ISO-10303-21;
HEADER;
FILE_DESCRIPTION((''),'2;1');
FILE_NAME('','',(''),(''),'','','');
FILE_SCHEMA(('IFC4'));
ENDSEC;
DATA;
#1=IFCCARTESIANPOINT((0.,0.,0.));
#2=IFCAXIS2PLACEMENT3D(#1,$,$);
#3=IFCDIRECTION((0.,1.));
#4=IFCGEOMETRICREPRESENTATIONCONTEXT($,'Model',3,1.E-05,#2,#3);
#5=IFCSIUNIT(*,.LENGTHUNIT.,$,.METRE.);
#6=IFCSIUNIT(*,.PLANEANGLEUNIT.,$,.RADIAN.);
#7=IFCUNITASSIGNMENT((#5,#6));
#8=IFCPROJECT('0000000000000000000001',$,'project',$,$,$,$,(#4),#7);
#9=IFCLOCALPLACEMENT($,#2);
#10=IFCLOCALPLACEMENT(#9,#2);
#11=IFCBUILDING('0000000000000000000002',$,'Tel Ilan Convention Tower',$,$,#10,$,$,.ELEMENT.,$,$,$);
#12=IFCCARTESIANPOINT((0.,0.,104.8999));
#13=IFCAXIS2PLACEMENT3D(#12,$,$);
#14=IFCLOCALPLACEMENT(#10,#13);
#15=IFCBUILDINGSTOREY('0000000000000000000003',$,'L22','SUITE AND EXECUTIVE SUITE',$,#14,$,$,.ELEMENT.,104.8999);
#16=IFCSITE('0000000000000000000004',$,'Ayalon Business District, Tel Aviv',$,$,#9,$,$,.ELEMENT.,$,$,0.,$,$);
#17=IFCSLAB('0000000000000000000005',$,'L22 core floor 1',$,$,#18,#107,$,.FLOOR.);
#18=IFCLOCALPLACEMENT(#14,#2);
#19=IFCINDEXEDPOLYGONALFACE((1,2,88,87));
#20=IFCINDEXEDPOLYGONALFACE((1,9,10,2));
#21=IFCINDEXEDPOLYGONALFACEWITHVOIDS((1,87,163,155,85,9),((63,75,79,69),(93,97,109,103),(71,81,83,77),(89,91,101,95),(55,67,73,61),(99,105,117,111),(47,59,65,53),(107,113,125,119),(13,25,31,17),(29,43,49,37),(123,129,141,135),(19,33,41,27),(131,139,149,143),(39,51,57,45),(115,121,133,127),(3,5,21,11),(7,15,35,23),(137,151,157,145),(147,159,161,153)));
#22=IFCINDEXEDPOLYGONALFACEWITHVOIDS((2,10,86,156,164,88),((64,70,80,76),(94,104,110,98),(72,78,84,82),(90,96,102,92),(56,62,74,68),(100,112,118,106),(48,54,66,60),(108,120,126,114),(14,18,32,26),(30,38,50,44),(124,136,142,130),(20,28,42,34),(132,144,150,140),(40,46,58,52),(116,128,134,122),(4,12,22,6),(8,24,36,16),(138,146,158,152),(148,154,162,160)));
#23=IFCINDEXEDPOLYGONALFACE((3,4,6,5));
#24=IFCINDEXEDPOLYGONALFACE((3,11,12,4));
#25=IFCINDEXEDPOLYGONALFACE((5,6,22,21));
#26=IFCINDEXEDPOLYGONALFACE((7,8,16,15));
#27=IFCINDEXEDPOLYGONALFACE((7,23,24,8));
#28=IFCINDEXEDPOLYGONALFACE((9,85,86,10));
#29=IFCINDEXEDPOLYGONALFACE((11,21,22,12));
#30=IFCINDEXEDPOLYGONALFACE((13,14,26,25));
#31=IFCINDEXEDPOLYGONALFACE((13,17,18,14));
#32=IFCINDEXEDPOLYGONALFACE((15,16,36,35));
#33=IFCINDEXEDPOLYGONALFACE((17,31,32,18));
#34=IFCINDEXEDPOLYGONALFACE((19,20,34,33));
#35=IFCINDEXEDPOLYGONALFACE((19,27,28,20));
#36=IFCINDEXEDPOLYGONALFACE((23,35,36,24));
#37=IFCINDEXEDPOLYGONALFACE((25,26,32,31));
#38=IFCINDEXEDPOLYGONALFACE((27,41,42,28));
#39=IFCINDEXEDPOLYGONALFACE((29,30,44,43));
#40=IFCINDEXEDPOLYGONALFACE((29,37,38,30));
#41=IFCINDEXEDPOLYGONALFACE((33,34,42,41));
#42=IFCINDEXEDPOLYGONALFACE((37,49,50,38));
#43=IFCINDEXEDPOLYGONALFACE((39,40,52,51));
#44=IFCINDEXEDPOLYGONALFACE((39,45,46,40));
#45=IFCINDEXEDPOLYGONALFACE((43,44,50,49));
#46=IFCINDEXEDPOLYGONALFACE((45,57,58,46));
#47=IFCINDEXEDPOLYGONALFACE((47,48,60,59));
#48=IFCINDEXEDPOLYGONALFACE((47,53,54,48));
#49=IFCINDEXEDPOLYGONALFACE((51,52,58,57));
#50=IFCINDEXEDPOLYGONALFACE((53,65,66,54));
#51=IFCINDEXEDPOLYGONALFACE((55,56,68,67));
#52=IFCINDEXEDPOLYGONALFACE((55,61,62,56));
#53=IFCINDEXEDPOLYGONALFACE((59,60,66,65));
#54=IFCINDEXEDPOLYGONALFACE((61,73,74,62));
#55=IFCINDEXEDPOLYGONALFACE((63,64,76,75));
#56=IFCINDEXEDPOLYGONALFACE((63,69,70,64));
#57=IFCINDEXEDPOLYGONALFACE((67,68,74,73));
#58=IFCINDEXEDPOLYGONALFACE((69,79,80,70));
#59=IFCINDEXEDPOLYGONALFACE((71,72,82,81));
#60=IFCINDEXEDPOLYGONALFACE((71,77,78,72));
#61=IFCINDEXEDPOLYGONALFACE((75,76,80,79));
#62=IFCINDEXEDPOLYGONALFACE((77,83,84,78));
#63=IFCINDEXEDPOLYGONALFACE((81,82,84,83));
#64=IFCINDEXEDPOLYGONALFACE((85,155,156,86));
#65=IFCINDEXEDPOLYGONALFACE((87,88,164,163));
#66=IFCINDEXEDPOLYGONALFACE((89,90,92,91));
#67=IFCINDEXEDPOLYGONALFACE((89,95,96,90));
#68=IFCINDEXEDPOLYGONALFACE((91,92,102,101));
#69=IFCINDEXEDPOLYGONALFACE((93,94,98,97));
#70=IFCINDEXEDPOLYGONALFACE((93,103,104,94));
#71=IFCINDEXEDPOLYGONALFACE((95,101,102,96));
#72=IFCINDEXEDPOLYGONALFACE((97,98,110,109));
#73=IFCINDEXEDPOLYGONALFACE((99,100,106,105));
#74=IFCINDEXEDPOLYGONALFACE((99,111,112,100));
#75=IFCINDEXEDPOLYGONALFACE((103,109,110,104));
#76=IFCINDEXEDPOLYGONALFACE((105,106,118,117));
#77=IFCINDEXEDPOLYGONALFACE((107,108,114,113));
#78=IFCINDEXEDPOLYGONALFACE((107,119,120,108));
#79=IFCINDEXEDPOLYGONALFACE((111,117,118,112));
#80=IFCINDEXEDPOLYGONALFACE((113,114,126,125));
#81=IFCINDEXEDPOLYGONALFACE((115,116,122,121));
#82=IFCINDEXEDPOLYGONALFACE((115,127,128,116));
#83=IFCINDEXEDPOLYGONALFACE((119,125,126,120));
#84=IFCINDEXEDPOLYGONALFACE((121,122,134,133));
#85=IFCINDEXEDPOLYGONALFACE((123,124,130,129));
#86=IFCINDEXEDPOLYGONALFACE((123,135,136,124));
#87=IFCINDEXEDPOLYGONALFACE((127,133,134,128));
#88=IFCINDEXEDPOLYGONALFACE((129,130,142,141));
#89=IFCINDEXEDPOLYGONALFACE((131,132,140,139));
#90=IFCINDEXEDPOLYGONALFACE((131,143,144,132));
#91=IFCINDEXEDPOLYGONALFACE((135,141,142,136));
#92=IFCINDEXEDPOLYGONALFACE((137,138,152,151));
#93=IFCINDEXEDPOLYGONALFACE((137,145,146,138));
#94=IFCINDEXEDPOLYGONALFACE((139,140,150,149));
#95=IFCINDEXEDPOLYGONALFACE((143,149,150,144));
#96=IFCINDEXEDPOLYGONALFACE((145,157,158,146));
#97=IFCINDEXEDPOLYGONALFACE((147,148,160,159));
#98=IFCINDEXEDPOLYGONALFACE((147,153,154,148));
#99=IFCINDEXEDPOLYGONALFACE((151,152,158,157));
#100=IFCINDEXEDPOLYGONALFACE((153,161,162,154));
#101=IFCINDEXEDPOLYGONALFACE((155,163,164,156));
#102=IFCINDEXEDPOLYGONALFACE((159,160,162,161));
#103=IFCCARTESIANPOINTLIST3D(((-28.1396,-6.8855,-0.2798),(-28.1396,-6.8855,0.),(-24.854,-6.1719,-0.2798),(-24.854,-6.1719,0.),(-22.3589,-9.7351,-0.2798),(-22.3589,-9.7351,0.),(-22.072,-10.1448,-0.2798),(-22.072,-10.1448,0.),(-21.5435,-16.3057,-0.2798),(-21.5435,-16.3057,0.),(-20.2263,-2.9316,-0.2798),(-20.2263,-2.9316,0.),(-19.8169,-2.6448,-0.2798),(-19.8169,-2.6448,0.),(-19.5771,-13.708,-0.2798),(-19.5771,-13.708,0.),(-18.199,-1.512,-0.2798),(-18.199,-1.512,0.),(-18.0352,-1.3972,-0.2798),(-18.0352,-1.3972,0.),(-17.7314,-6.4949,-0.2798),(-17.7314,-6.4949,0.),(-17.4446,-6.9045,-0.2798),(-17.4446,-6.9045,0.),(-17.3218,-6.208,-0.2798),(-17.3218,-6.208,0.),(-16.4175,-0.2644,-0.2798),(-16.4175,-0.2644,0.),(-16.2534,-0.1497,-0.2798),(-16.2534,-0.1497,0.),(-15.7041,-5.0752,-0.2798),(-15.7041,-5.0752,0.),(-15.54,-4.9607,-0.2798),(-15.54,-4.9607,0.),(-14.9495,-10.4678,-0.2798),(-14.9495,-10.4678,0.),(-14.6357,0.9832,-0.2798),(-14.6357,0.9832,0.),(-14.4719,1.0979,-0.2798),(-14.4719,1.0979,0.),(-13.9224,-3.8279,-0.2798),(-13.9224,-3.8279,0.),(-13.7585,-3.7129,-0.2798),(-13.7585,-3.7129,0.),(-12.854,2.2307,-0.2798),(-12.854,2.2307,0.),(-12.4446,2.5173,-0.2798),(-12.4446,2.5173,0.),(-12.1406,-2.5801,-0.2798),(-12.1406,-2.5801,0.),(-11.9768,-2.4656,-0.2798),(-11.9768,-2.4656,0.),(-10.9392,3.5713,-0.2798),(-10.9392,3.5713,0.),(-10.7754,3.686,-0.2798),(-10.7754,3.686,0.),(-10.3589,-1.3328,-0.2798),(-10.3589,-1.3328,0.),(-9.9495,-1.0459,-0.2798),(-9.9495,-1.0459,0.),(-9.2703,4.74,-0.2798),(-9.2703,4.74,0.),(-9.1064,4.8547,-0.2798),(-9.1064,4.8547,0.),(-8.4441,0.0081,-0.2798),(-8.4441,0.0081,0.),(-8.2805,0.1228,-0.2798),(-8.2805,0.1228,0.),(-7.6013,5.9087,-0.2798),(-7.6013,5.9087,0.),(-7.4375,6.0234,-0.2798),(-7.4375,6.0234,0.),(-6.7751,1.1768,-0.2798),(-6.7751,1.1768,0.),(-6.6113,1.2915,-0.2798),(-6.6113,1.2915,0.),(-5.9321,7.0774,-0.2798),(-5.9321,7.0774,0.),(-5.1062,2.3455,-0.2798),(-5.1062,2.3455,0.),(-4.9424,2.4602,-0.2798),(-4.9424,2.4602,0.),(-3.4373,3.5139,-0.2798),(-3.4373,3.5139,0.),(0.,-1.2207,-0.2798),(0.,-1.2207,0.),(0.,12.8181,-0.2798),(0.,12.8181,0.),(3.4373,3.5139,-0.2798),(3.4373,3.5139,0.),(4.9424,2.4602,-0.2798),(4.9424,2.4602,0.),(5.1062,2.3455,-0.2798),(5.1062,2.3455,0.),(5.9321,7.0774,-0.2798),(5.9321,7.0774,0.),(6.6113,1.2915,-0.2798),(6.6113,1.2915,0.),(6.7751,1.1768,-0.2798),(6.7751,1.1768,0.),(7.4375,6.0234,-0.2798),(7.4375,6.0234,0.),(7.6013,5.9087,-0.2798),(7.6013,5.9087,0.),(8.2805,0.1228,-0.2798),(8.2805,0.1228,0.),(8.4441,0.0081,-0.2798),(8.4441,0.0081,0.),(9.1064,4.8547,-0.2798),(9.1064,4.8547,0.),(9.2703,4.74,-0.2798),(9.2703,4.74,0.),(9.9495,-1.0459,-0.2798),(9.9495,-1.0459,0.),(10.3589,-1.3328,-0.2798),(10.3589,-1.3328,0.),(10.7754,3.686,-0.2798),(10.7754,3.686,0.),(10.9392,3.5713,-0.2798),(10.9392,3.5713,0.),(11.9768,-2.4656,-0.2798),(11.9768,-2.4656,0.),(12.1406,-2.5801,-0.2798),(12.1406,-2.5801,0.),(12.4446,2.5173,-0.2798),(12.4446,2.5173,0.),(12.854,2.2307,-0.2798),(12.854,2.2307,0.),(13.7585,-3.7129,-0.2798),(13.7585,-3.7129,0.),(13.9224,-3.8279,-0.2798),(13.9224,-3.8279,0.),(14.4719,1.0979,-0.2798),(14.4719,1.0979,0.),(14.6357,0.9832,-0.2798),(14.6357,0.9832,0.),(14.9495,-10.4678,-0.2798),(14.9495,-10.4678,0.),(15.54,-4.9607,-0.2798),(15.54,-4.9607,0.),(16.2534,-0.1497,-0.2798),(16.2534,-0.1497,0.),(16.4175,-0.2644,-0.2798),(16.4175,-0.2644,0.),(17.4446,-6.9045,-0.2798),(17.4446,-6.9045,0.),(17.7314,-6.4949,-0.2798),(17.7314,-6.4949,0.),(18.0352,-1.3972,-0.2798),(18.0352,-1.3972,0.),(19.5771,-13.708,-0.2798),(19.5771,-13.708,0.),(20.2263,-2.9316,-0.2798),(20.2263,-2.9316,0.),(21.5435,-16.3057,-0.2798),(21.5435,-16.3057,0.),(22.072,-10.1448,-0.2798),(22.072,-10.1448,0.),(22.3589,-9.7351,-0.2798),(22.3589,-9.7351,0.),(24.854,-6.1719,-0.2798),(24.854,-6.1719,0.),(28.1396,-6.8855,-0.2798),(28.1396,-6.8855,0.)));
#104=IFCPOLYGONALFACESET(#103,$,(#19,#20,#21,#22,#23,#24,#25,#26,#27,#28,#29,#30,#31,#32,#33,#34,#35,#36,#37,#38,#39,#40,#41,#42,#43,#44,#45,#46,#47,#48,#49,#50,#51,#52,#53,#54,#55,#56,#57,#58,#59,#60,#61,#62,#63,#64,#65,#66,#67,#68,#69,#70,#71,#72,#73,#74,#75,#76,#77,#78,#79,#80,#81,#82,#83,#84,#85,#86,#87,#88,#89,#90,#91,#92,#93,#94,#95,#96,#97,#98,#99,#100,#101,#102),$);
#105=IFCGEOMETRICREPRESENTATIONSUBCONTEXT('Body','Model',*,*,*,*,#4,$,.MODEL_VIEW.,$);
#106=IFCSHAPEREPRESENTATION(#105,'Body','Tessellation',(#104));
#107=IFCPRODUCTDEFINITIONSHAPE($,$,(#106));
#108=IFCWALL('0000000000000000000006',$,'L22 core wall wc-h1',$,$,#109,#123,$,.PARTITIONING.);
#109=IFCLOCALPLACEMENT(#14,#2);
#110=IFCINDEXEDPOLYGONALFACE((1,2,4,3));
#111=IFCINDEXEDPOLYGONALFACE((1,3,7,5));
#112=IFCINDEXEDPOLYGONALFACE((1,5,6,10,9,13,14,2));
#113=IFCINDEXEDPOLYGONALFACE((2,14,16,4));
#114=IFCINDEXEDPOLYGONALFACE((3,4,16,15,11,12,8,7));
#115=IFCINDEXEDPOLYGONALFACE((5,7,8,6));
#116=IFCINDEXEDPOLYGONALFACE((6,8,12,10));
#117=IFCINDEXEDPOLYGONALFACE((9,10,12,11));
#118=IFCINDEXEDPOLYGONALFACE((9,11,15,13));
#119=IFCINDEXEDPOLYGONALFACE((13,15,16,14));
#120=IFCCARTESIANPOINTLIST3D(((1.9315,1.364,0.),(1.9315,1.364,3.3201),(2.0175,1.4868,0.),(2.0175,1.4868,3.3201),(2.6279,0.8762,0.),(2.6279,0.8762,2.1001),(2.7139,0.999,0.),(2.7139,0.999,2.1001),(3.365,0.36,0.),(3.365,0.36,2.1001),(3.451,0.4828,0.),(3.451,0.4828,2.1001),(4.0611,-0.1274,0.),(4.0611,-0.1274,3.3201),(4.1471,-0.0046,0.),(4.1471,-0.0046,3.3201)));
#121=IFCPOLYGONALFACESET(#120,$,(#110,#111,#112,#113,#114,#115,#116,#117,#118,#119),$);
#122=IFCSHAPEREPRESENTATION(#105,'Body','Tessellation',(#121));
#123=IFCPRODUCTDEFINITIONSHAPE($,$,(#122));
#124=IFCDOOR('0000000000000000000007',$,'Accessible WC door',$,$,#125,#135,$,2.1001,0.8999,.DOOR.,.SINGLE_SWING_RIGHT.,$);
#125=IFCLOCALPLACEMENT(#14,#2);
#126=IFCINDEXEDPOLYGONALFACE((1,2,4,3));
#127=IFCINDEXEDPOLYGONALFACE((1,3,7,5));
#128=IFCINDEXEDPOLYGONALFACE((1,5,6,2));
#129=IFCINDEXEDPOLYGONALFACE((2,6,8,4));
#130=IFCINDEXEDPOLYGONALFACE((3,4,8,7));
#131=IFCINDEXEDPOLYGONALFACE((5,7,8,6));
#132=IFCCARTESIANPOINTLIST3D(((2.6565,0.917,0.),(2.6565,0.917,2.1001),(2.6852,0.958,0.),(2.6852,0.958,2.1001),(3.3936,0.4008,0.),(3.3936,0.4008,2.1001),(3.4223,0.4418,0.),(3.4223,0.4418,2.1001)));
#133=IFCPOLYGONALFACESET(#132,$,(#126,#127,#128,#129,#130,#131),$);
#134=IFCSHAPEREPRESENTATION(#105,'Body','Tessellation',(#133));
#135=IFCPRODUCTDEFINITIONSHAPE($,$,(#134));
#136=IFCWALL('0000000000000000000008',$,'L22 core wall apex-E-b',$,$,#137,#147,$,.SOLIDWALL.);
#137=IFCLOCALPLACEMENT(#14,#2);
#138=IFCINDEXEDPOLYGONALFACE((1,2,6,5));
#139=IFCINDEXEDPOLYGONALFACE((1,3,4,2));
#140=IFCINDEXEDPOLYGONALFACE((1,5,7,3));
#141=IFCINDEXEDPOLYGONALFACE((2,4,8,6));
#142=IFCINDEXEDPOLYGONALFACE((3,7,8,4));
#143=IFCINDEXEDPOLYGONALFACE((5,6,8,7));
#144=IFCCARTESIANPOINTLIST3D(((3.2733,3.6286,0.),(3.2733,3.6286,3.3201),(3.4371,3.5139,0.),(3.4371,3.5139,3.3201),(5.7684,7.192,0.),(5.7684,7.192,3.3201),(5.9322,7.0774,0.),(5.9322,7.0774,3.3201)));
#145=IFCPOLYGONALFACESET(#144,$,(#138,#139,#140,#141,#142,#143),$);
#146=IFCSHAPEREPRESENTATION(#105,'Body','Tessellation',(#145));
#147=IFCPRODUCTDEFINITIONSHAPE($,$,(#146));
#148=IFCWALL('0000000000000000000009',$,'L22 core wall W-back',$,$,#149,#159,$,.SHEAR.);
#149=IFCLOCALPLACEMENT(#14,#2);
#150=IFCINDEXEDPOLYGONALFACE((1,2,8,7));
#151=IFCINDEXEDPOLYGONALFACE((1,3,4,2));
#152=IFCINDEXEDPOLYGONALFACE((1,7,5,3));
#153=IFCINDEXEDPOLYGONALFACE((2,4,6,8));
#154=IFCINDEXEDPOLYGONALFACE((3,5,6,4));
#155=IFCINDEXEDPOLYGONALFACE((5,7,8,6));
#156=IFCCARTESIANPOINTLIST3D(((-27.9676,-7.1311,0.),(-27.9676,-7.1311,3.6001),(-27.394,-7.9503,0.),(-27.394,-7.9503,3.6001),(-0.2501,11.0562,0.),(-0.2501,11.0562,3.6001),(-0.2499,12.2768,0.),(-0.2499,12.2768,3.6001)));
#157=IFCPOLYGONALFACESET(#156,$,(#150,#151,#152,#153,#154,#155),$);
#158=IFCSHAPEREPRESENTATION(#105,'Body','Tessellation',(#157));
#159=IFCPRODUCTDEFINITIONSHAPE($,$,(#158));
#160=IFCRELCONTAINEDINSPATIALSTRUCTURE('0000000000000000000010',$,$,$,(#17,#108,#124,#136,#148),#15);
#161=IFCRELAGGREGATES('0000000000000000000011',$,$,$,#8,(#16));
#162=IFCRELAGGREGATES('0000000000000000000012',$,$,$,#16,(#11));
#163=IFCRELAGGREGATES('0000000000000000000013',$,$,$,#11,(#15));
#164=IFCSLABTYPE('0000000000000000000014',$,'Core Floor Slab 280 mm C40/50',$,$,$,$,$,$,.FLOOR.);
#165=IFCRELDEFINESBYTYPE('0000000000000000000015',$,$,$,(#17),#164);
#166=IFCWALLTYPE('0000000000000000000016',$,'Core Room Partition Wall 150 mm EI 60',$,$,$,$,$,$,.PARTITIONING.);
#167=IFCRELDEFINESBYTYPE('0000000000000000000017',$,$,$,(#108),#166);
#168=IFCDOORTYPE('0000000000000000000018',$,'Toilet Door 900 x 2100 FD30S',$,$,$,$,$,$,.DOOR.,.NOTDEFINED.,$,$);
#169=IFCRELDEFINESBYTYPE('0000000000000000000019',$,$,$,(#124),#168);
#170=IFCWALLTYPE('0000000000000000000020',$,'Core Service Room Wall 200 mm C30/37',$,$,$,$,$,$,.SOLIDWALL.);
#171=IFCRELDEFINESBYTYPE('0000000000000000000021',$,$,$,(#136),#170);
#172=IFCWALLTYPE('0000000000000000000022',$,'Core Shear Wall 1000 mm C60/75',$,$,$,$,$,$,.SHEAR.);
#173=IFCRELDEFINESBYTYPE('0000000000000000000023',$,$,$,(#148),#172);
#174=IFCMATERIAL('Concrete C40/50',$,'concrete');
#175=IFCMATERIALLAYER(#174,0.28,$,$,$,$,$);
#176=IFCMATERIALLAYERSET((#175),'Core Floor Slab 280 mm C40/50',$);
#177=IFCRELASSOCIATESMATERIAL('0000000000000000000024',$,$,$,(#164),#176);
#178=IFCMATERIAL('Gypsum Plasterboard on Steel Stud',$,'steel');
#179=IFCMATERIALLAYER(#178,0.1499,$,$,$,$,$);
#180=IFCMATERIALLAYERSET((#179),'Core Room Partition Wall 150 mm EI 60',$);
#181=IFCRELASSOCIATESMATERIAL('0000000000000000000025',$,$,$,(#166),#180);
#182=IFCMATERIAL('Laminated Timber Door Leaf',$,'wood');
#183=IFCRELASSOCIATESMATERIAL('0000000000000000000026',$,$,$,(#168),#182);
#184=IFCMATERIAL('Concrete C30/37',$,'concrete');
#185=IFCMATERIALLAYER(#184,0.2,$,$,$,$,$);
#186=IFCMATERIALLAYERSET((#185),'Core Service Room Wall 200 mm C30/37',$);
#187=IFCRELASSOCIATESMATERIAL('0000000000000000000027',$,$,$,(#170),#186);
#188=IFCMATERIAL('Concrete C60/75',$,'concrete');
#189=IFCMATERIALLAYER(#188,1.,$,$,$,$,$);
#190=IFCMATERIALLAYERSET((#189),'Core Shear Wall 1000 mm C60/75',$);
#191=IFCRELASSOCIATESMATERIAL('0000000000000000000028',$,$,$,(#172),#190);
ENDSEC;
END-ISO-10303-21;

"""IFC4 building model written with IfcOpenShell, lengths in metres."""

from ifc_helpers import new_model, si_unit, direction, frame, frame_2d, origin, place, context, subcontext, project, spatial, polyline, rectangle, outline, extrude, material, layer, layer_set, type_object, element, fill, save


model = new_model("IFC4")

# Units and contexts
model_context = context("Model", 3, precision=1e-05, world=origin(), true_north=direction((0.0, 1.0)))
body_context = subcontext(model_context, "Body", "Model", "MODEL_VIEW")
ifc_project = project(units=[si_unit("LENGTHUNIT", "METRE"), si_unit("PLANEANGLEUNIT", "RADIAN")], contexts=[model_context])

# Site, building, storey
site_placement = place(None, origin())
site = spatial("IfcSite", under=ifc_project, at=site_placement, Name="Ayalon Business District, Tel Aviv", CompositionType="ELEMENT", RefElevation=0.0)
building_placement = place(site_placement, origin())
building = spatial("IfcBuilding", under=site, at=building_placement, Name="Tel Ilan Convention Tower", CompositionType="ELEMENT")
storey_placement = place(building_placement, frame((0.0, 0.0, 104.8999)))
storey = spatial("IfcBuildingStorey", under=building, at=storey_placement, Name="L22", Description="SUITE AND EXECUTIVE SUITE", CompositionType="ELEMENT", Elevation=104.8999)

# Slab
ifc_material_1 = material(Name="Concrete C40/50", Category="concrete")
ifc_layer_1 = layer(ifc_material_1, 0.28)
ifc_layer_set_1 = layer_set([ifc_layer_1], Name="Core Floor Slab 280 mm C40/50")
slab_type_1 = type_object("IfcSlabType", Name="Core Floor Slab 280 mm C40/50", PredefinedType="FLOOR", material=ifc_layer_set_1)
slab_1_placement = place(storey_placement, frame((0.0, 0.0, -0.2798)))
element("IfcSlab", 1, at=slab_1_placement, inside=storey, type_object=slab_type_1, Name="L22 core floor 1", PredefinedType="FLOOR", context=body_context, shape_type="SweptSolid", body=[
    extrude(outline(polyline([(-28.1396, -6.8855), (0.0, 12.8181), (28.1396, -6.8855), (21.5435, -16.3057), (0.0, -1.2207), (-21.5435, -16.3057), (-28.1396, -6.8855)]), holes=[polyline([(-14.9495, -10.4678), (-17.4446, -6.9045), (-22.072, -10.1448), (-19.5771, -13.708), (-14.9495, -10.4678)]), polyline([(-17.7314, -6.4949), (-20.2263, -2.9316), (-24.854, -6.1719), (-22.3589, -9.7351), (-17.7314, -6.4949)]), polyline([(-18.199, -1.512), (-19.8169, -2.6448), (-17.3218, -6.208), (-15.7041, -5.0752), (-18.199, -1.512)]), polyline([(-16.4175, -0.2644), (-18.0352, -1.3972), (-15.54, -4.9607), (-13.9224, -3.8279), (-16.4175, -0.2644)]), polyline([(-14.6357, 0.9832), (-16.2534, -0.1497), (-13.7585, -3.7129), (-12.1406, -2.5801), (-14.6357, 0.9832)]), polyline([(-12.854, 2.2307), (-14.4719, 1.0979), (-11.9768, -2.4656), (-10.3589, -1.3328), (-12.854, 2.2307)]), polyline([(-10.9392, 3.5713), (-12.4446, 2.5173), (-9.9495, -1.0459), (-8.4441, 0.0081), (-10.9392, 3.5713)]), polyline([(-6.7751, 1.1768), (-9.2703, 4.74), (-10.7754, 3.686), (-8.2805, 0.1228), (-6.7751, 1.1768)]), polyline([(-5.1062, 2.3455), (-7.6013, 5.9087), (-9.1064, 4.8547), (-6.6113, 1.2915), (-5.1062, 2.3455)]), polyline([(-5.9321, 7.0774), (-7.4375, 6.0234), (-4.9424, 2.4602), (-3.4373, 3.5139), (-5.9321, 7.0774)]), polyline([(17.4446, -6.9045), (14.9495, -10.4678), (19.5771, -13.708), (22.072, -10.1448), (17.4446, -6.9045)]), polyline([(20.2263, -2.9316), (17.7314, -6.4949), (22.3589, -9.7351), (24.854, -6.1719), (20.2263, -2.9316)]), polyline([(13.9224, -3.8279), (15.54, -4.9607), (18.0352, -1.3972), (16.4175, -0.2644), (13.9224, -3.8279)]), polyline([(12.1406, -2.5801), (13.7585, -3.7129), (16.2534, -0.1497), (14.6357, 0.9832), (12.1406, -2.5801)]), polyline([(11.9768, -2.4656), (14.4719, 1.0979), (12.854, 2.2307), (10.3589, -1.3328), (11.9768, -2.4656)]), polyline([(9.9495, -1.0459), (12.4446, 2.5173), (10.9392, 3.5713), (8.4441, 0.0081), (9.9495, -1.0459)]), polyline([(8.2805, 0.1228), (10.7754, 3.686), (9.2703, 4.74), (6.7751, 1.1768), (8.2805, 0.1228)]), polyline([(5.1062, 2.3455), (6.6113, 1.2915), (9.1064, 4.8547), (7.6013, 5.9087), (5.1062, 2.3455)]), polyline([(3.4373, 3.5139), (4.9424, 2.4602), (7.4375, 6.0234), (5.9321, 7.0774), (3.4373, 3.5139)])]), origin(), (0.0, 0.0, 1.0), 0.2798),
])

# Wall, opening, door
ifc_material_2 = material(Name="Gypsum Plasterboard on Steel Stud", Category="steel")
ifc_layer_2 = layer(ifc_material_2, 0.1499)
ifc_layer_set_2 = layer_set([ifc_layer_2], Name="Core Room Partition Wall 150 mm EI 60")
wall_type_1 = type_object("IfcWallType", Name="Core Room Partition Wall 150 mm EI 60", PredefinedType="PARTITIONING", material=ifc_layer_set_2)
wall_1_placement = place(storey_placement, frame((1.9746, 1.4253, 0.0), z_axis=(0.0, 0.0, 1.0), x_axis=(0.819104, -0.573645, 0.0)))
wall_1 = element("IfcWall", 2, at=wall_1_placement, inside=storey, type_object=wall_type_1, Name="L22 core wall wc-h1", PredefinedType="PARTITIONING", context=body_context, shape_type="SweptSolid", body=[
    extrude(rectangle(XDim=2.5999, YDim=0.1499, at=frame_2d((1.2998, 0.0))), origin(), (0.0, 0.0, 1.0), 3.3201),
])
opening_1_placement = place(wall_1_placement, frame((0.8501, 0.0, 0.0)))
opening_1 = element("IfcOpeningElement", 3, at=opening_1_placement, cuts=wall_1, PredefinedType="OPENING", context=body_context, shape_type="SweptSolid", body=[
    extrude(rectangle(XDim=0.8999, YDim=2.1001, at=frame_2d((0.45, 1.05))), frame((0.0, 0.085, 0.0), z_axis=(0.0, -1.0, 0.0), x_axis=(1.0, 0.0, 0.0)), (0.0, 0.0, 1.0), 0.1699),
])
ifc_material_3 = material(Name="Laminated Timber Door Leaf", Category="wood")
door_type_1 = type_object("IfcDoorType", Name="Toilet Door 900 x 2100 FD30S", OperationType="NOTDEFINED", PredefinedType="DOOR", material=ifc_material_3)
door_1_placement = place(opening_1_placement, origin())
door_1 = element("IfcDoor", 4, at=door_1_placement, inside=storey, type_object=door_type_1, Name="Accessible WC door", OperationType="SINGLE_SWING_RIGHT", OverallHeight=2.1001, OverallWidth=0.8999, PredefinedType="DOOR", context=body_context, shape_type="SweptSolid", body=[
    extrude(rectangle(XDim=0.8999, YDim=2.1001, at=frame_2d((0.45, 1.05))), frame((0.0, 0.0249, 0.0), z_axis=(0.0, -1.0, 0.0), x_axis=(1.0, 0.0, 0.0)), (0.0, 0.0, 1.0), 0.05),
])
fill(opening_1, door_1)

# Walls
ifc_material_4 = material(Name="Concrete C30/37", Category="concrete")
ifc_layer_3 = layer(ifc_material_4, 0.2)
ifc_layer_set_3 = layer_set([ifc_layer_3], Name="Core Service Room Wall 200 mm C30/37")
wall_type_2 = type_object("IfcWallType", Name="Core Service Room Wall 200 mm C30/37", PredefinedType="SOLIDWALL", material=ifc_layer_set_3)
wall_2_placement = place(storey_placement, frame((3.3552, 3.5713, 0.0), z_axis=(0.0, 0.0, 1.0), x_axis=(0.573568, 0.819158, 0.0)))
element("IfcWall", 5, at=wall_2_placement, inside=storey, type_object=wall_type_2, Name="L22 core wall apex-E-b", PredefinedType="SOLIDWALL", context=body_context, shape_type="SweptSolid", body=[
    extrude(rectangle(XDim=4.3501, YDim=0.2, at=frame_2d((2.175, 0.0))), origin(), (0.0, 0.0, 1.0), 3.3201),
])
ifc_material_5 = material(Name="Concrete C60/75", Category="concrete")
ifc_layer_4 = layer(ifc_material_5, 1.0)
ifc_layer_set_4 = layer_set([ifc_layer_4], Name="Core Shear Wall 1000 mm C60/75")
wall_type_3 = type_object("IfcWallType", Name="Core Shear Wall 1000 mm C60/75", PredefinedType="SHEAR", material=ifc_layer_set_4)
wall_3_placement = place(storey_placement, frame((0.0369, 11.8672, 0.0), z_axis=(0.0, 0.0, 1.0), x_axis=(-0.819155, -0.573572, 0.0)))
element("IfcWall", 6, at=wall_3_placement, inside=storey, type_object=wall_type_3, Name="L22 core wall W-back", PredefinedType="SHEAR", context=body_context, shape_type="SweptSolid", body=[
    extrude(outline(polyline([(33.8369, 0.5), (0.7002, 0.4998), (0.0, -0.5), (33.8369, -0.5), (33.8369, 0.5)])), origin(), (0.0, 0.0, 1.0), 3.6001),
])

save(model, "model.ifc")
